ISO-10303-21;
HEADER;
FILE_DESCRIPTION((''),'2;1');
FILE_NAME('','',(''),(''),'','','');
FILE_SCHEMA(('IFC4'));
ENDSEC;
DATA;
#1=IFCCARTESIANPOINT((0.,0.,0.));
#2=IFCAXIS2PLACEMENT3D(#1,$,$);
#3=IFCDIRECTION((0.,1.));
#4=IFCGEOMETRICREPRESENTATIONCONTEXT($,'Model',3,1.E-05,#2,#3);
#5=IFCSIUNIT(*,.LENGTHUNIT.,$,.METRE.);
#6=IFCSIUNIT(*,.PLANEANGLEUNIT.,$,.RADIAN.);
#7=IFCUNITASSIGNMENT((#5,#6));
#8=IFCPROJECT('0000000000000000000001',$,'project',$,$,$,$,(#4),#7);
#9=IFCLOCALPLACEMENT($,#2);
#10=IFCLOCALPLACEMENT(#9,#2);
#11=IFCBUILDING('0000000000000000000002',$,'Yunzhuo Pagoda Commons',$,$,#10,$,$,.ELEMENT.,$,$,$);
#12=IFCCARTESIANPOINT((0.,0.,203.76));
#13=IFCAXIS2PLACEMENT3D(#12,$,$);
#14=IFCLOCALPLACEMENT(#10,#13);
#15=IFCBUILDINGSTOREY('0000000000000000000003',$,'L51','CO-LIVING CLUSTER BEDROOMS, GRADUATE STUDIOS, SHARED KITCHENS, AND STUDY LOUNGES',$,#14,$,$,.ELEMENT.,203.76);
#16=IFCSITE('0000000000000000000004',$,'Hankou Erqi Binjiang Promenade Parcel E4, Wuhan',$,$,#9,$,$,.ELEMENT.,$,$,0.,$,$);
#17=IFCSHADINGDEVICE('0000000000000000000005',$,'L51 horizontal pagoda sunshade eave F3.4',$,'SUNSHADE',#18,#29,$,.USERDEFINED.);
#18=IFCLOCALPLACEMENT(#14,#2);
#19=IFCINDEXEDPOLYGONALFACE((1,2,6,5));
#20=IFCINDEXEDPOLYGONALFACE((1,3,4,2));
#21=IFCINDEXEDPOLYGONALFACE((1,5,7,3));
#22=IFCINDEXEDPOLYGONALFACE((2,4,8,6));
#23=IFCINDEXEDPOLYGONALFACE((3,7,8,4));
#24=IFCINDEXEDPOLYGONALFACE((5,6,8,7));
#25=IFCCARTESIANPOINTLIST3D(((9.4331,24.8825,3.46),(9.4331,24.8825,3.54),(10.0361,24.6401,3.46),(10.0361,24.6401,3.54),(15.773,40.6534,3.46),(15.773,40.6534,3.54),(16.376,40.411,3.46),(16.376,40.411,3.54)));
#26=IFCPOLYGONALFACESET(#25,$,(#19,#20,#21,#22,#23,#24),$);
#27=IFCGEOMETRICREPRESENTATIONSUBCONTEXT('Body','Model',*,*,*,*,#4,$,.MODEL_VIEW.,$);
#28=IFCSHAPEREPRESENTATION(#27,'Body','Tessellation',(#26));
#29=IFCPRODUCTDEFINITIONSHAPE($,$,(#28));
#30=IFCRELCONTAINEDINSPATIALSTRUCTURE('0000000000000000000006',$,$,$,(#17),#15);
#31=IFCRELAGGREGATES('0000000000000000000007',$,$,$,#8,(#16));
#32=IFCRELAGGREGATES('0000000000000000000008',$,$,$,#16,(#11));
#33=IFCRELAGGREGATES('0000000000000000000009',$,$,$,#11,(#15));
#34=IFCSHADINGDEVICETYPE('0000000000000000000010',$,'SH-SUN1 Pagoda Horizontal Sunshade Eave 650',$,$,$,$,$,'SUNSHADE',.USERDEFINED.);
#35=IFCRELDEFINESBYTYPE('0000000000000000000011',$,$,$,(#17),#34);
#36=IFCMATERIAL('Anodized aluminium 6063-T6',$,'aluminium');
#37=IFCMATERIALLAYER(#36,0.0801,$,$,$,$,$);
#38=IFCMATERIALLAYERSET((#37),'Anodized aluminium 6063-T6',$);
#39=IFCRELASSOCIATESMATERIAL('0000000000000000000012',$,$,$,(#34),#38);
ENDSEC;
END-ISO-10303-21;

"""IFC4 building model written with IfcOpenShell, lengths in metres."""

from ifc_helpers import new_model, si_unit, direction, frame, origin, origin_2d, place, context, subcontext, project, spatial, rectangle, extrude, source, transform, mapped, material, layer, layer_set, type_object, element, save


model = new_model("IFC4")

# Units and contexts
model_context = context("Model", 3, precision=1e-05, world=origin(), true_north=direction((0.0, 1.0)))
body_context = subcontext(model_context, "Body", "Model", "MODEL_VIEW")
ifc_project = project(units=[si_unit("LENGTHUNIT", "METRE"), si_unit("PLANEANGLEUNIT", "RADIAN")], contexts=[model_context])

# Site, building, storey
site_placement = place(None, origin())
site = spatial("IfcSite", under=ifc_project, at=site_placement, Name="Hankou Erqi Binjiang Promenade Parcel E4, Wuhan", CompositionType="ELEMENT", RefElevation=0.0)
building_placement = place(site_placement, origin())
building = spatial("IfcBuilding", under=site, at=building_placement, Name="Yunzhuo Pagoda Commons", CompositionType="ELEMENT")
storey_placement = place(building_placement, frame((0.0, 0.0, 203.76)))
storey = spatial("IfcBuildingStorey", under=building, at=storey_placement, Name="L51", Description="CO-LIVING CLUSTER BEDROOMS, GRADUATE STUDIOS, SHARED KITCHENS, AND STUDY LOUNGES", CompositionType="ELEMENT", Elevation=203.76)

# Shared definitions
ifc_material_1 = material(Name="Anodized aluminium 6063-T6", Category="aluminium")

# Shading device
ifc_layer_1 = layer(ifc_material_1, 0.0801)
ifc_layer_set_1 = layer_set([ifc_layer_1], Name="Anodized aluminium 6063-T6")
shading_device_type = type_object("IfcShadingDeviceType", Name="SH-SUN1 Pagoda Horizontal Sunshade Eave 650", ElementType="SUNSHADE", PredefinedType="USERDEFINED", material=ifc_layer_set_1)
shared_shape_1 = source(origin(), body_context, "Body", "SweptSolid", [
    extrude(rectangle(XDim=16.9976, YDim=0.6499, at=origin_2d()), origin(), (0.0, 0.0, 1.0), 0.0801),
])
shading_device_placement = place(storey_placement, frame((12.9045, 32.6467, 3.46), z_axis=(0.0, 0.0, 1.0), x_axis=(-0.372988, -0.927836, 0.0)))
element("IfcShadingDevice", 1, at=shading_device_placement, inside=storey, type_object=shading_device_type, Name="L51 horizontal pagoda sunshade eave F3.4", ObjectType="SUNSHADE", PredefinedType="USERDEFINED", context=body_context, shape_type="MappedRepresentation", body=[
    mapped(shared_shape_1, transform((0.0, 0.0, 0.0), scale=1.0)),
])

save(model, "model.ifc")
